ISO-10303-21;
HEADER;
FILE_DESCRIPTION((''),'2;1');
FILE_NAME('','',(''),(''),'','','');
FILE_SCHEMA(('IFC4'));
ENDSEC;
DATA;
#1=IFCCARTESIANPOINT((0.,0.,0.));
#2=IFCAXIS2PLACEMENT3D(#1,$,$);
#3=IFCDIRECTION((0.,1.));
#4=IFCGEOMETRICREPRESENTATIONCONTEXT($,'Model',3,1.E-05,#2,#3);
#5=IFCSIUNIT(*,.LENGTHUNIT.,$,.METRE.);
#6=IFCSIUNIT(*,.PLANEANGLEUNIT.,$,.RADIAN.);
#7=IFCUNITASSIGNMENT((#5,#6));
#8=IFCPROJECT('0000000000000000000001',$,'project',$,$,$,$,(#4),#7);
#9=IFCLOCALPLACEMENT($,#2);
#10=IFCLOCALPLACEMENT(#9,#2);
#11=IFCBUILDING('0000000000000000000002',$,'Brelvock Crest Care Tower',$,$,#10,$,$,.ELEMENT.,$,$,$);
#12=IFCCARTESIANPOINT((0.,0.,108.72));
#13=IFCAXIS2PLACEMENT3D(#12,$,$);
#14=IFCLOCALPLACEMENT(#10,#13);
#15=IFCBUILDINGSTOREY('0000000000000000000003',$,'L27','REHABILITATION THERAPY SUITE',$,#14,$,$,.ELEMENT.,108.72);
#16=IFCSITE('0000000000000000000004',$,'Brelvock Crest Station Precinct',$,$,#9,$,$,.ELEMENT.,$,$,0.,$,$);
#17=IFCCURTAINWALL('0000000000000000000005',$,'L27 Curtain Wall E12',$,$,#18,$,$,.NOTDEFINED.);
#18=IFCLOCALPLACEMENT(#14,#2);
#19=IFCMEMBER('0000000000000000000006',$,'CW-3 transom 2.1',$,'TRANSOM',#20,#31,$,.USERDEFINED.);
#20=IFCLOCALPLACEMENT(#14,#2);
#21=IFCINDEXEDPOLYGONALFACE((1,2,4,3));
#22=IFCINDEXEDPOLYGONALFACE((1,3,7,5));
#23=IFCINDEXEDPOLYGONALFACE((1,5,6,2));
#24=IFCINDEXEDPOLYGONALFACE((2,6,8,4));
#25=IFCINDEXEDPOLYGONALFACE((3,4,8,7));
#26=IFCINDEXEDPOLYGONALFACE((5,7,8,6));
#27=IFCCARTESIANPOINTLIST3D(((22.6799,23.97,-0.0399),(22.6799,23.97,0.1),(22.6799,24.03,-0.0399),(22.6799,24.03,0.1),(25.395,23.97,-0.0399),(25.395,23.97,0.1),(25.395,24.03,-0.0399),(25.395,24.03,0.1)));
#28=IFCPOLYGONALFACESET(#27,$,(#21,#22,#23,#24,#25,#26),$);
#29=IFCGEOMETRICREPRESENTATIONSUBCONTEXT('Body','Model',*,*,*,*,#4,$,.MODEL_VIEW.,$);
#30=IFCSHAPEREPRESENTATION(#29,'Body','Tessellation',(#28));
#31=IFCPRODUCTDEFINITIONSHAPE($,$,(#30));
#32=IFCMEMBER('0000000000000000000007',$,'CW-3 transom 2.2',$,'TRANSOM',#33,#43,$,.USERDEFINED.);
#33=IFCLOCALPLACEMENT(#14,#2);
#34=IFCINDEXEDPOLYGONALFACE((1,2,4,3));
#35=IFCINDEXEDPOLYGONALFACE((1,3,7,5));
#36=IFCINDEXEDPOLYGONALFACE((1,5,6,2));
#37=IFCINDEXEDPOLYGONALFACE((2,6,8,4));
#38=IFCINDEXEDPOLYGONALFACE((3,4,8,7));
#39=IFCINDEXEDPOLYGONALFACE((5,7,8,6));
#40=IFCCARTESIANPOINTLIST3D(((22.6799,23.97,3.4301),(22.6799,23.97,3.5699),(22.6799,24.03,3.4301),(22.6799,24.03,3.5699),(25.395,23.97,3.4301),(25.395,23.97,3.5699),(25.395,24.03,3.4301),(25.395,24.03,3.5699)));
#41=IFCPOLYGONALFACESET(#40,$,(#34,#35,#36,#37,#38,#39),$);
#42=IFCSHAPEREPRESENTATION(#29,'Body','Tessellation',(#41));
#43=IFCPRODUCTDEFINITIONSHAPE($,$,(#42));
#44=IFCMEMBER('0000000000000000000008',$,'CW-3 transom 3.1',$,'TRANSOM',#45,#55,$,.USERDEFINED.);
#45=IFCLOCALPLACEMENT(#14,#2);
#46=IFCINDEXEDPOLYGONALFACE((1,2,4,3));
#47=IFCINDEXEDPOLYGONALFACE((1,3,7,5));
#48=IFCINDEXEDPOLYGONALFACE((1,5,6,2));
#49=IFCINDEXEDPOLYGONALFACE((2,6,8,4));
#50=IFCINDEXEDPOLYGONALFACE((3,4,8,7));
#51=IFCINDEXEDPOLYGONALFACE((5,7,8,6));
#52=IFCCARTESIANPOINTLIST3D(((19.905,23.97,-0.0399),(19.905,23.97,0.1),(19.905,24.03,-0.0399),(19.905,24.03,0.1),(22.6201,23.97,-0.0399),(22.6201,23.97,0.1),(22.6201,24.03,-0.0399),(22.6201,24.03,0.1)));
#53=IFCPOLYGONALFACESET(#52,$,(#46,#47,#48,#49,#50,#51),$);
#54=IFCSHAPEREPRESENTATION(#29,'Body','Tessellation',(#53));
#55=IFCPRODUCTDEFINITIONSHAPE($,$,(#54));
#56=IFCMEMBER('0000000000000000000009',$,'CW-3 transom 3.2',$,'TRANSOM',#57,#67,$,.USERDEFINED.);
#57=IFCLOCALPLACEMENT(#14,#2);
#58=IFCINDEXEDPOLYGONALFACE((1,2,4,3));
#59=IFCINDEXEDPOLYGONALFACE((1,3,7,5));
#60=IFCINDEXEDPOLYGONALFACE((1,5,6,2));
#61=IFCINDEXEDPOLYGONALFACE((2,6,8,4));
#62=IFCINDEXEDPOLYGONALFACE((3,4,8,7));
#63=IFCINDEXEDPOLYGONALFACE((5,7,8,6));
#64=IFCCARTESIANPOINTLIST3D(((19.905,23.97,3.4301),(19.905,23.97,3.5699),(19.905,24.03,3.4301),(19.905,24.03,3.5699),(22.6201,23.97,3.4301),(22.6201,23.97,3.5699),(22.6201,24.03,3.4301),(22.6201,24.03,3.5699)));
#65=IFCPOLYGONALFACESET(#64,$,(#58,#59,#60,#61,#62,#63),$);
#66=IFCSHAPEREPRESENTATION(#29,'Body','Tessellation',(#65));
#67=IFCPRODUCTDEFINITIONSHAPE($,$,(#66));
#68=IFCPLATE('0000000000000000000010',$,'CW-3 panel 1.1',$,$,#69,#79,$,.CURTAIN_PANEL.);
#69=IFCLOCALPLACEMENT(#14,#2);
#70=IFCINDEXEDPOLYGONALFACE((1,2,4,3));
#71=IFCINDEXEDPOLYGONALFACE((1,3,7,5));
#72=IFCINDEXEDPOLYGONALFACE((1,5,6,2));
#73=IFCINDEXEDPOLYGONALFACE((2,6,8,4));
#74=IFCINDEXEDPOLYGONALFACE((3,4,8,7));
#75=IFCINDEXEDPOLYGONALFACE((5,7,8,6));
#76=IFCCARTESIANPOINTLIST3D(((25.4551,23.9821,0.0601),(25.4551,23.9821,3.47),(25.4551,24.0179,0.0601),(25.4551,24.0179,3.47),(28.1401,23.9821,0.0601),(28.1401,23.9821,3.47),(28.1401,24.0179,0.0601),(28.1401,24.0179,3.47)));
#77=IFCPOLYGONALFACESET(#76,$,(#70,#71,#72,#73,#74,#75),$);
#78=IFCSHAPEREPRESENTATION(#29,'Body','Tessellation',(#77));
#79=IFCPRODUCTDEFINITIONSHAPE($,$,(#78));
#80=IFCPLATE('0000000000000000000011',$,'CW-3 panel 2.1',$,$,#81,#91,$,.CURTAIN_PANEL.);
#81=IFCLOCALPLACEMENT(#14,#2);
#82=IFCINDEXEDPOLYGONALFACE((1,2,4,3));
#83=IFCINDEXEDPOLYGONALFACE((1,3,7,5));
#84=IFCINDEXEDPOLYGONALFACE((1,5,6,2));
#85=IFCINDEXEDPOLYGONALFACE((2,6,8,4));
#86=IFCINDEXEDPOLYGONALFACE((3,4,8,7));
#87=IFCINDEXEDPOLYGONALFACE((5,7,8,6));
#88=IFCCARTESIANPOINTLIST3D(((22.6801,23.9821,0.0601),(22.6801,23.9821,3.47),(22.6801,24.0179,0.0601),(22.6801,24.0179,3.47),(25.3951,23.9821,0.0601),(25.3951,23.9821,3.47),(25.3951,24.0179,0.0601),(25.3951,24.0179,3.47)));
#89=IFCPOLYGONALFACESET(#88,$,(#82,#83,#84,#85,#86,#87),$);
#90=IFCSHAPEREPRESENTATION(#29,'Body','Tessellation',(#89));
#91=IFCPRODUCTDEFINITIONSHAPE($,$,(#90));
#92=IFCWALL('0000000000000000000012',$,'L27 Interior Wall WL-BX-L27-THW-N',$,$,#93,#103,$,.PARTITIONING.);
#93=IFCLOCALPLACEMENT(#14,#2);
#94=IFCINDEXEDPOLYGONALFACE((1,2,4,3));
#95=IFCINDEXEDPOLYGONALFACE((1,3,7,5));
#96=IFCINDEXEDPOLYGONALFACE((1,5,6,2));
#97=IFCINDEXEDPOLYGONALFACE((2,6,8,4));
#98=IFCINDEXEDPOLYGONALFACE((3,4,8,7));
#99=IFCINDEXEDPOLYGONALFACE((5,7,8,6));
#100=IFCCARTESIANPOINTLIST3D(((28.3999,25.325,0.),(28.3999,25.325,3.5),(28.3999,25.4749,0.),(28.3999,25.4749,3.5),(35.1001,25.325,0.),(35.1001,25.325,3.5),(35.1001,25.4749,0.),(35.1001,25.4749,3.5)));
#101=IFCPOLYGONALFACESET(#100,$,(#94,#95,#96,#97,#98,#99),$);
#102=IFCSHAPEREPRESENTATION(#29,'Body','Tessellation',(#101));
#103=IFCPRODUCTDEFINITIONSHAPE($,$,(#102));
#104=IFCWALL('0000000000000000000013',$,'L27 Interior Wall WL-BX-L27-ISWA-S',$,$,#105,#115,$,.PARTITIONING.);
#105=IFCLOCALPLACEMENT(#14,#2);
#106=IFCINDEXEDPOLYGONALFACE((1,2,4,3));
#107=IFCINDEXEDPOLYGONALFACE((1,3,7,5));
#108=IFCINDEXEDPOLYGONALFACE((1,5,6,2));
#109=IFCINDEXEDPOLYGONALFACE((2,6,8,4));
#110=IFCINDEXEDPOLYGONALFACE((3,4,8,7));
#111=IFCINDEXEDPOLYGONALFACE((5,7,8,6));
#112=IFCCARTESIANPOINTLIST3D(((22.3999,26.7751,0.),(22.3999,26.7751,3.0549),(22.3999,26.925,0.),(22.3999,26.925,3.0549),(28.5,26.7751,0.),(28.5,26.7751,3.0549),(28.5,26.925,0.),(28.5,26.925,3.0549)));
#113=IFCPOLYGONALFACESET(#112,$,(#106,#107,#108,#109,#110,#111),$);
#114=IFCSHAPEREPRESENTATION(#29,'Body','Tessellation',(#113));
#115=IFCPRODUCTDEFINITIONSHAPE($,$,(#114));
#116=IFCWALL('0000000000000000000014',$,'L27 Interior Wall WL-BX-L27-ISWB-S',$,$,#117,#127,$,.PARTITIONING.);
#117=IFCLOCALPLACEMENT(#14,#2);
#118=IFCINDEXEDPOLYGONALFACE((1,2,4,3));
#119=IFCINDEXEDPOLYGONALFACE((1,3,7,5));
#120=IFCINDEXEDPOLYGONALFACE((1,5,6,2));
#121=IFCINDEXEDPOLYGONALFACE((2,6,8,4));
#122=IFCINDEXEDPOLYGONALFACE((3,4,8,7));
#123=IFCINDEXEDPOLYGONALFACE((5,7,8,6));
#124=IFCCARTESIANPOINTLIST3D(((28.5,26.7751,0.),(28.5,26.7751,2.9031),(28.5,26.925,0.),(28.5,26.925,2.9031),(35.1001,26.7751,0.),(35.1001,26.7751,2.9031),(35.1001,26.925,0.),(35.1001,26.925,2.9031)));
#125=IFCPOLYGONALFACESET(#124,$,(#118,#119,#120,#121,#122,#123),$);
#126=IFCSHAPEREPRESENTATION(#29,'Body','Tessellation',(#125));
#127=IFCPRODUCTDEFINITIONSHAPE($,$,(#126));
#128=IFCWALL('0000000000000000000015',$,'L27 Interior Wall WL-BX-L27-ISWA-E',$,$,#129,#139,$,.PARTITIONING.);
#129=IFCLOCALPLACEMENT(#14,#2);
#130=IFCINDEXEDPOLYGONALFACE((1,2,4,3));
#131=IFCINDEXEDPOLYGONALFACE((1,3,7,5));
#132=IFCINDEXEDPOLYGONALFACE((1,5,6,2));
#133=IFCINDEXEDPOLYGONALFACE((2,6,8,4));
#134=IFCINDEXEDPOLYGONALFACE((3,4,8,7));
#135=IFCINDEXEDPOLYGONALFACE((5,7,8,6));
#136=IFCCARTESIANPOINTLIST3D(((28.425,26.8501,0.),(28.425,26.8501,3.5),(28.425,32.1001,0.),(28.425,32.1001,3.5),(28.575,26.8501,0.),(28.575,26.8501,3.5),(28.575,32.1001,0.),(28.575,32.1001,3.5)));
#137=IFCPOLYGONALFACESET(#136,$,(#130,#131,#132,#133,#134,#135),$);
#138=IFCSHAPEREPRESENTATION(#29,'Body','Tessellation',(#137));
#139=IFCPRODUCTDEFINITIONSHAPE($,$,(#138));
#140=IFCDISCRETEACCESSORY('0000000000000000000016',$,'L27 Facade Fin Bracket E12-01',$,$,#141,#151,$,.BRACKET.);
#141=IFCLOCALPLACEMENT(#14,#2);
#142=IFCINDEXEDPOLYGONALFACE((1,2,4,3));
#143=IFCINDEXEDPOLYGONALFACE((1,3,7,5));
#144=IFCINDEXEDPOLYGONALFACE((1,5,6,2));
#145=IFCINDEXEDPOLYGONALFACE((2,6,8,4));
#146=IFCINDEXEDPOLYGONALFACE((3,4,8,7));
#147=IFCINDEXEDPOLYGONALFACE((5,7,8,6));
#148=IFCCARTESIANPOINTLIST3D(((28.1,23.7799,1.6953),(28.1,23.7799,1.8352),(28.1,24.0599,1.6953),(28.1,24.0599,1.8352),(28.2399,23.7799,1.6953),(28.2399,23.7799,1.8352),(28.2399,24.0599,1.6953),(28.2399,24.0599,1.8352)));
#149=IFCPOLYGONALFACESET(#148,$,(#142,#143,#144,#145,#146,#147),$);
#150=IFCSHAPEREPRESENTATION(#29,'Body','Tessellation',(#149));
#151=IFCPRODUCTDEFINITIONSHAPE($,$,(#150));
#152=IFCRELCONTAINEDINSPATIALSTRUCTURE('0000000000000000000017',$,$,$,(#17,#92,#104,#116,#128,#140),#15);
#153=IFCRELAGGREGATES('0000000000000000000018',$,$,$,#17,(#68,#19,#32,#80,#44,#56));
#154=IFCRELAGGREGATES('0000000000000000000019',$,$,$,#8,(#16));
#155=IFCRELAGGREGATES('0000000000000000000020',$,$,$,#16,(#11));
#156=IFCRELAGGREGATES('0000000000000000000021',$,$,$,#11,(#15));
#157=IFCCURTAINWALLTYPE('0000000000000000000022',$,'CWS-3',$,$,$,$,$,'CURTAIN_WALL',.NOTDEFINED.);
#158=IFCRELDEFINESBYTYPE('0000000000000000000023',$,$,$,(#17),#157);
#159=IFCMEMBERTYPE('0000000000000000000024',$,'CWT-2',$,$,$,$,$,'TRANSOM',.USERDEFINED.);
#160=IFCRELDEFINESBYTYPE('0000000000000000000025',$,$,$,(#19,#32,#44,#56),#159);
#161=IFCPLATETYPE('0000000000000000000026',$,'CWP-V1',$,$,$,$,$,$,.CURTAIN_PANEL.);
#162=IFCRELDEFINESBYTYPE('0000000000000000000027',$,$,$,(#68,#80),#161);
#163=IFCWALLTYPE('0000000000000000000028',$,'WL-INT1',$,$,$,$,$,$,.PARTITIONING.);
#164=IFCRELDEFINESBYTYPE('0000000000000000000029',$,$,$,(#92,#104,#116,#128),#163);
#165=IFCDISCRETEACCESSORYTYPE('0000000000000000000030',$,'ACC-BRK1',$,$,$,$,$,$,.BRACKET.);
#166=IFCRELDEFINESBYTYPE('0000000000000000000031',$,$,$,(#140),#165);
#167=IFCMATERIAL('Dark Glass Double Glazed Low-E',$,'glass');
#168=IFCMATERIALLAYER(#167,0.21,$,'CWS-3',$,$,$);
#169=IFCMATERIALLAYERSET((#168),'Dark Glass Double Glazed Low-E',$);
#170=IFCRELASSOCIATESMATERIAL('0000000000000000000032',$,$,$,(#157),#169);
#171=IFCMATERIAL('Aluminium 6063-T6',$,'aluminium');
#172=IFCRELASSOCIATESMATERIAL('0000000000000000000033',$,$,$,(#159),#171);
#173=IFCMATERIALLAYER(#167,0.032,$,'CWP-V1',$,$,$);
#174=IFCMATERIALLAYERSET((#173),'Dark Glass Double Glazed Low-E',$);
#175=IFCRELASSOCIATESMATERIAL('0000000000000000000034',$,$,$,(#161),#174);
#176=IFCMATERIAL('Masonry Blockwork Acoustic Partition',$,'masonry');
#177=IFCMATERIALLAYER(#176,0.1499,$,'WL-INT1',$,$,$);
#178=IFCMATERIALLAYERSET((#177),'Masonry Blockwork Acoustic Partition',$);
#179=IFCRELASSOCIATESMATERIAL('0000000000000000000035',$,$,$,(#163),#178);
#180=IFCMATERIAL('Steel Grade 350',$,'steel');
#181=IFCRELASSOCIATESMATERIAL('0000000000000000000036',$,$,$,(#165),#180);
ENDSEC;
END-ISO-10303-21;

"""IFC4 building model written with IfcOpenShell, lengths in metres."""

from ifc_helpers import new_model, si_unit, direction, frame, frame_2d, origin, origin_2d, place, context, subcontext, project, spatial, rectangle, extrude, source, transform, mapped, material, layer, layer_set, material_profile, profile_set, type_object, element, aggregate, save


model = new_model("IFC4")

# Units and contexts
model_context = context("Model", 3, precision=1e-05, world=origin(), true_north=direction((0.0, 1.0)))
body_context = subcontext(model_context, "Body", "Model", "MODEL_VIEW")
ifc_project = project(units=[si_unit("LENGTHUNIT", "METRE"), si_unit("PLANEANGLEUNIT", "RADIAN")], contexts=[model_context])

# Site, building, storey
site_placement = place(None, origin())
site = spatial("IfcSite", under=ifc_project, at=site_placement, Name="Brelvock Crest Station Precinct", CompositionType="ELEMENT", RefElevation=0.0)
building_placement = place(site_placement, origin())
building = spatial("IfcBuilding", under=site, at=building_placement, Name="Brelvock Crest Care Tower", CompositionType="ELEMENT")
storey_placement = place(building_placement, frame((0.0, 0.0, 108.72)))
storey = spatial("IfcBuildingStorey", under=building, at=storey_placement, Name="L27", Description="REHABILITATION THERAPY SUITE", CompositionType="ELEMENT", Elevation=108.72)

# Shared definitions
ifc_material_1 = material(Name="Steel Grade 350", Category="steel")

# Curtain wall, members, plates
ifc_material_2 = material(Name="Dark Glass Double Glazed Low-E", Category="glass")
ifc_layer_1 = layer(ifc_material_2, 0.21, Name="CWS-3")
ifc_layer_set_1 = layer_set([ifc_layer_1], Name="Dark Glass Double Glazed Low-E")
curtain_wall_type = type_object("IfcCurtainWallType", Name="CWS-3", ElementType="CURTAIN_WALL", PredefinedType="NOTDEFINED", material=ifc_layer_set_1)
curtain_wall_placement = place(storey_placement, origin())
curtain_wall = element("IfcCurtainWall", 1, at=curtain_wall_placement, inside=storey, type_object=curtain_wall_type, Name="L27 Curtain Wall E12", PredefinedType="NOTDEFINED")
ifc_material_3 = material(Name="Aluminium 6063-T6", Category="aluminium")
ifc_material_profile_1 = material_profile(ifc_material_3, rectangle(XDim=0.0601, YDim=0.1399, at=origin_2d()), Name="ALU60x140")
ifc_profile_set_1 = profile_set([ifc_material_profile_1], Name="Aluminium 6063-T6")
member_type_1 = type_object("IfcMemberType", Name="CWT-2", ElementType="TRANSOM", PredefinedType="USERDEFINED", material=ifc_profile_set_1)
shared_shape_1 = source(origin(), body_context, "Body", "SweptSolid", [
    extrude(rectangle(XDim=0.0601, YDim=0.1399, at=origin_2d()), origin(), (0.0, 0.0, 1.0), 2.7151),
])
member_1_placement = place(storey_placement, frame((25.395, 24.0, 0.03), z_axis=(-1.0, 0.0, 0.0), x_axis=(0.0, -1.0, 0.0)))
member_1 = element("IfcMember", 2, at=member_1_placement, type_object=member_type_1, Name="CW-3 transom 2.1", ObjectType="TRANSOM", PredefinedType="USERDEFINED", context=body_context, shape_type="MappedRepresentation", body=[
    mapped(shared_shape_1, transform((0.0, 0.0, 0.0), x_axis=(1.0, 0.0, 0.0), y_axis=(0.0, 1.0, 0.0), z_axis=(0.0, 0.0, 1.0), scale=1.0)),
])
member_2_placement = place(storey_placement, frame((25.395, 24.0, 3.5), z_axis=(-1.0, 0.0, 0.0), x_axis=(0.0, -1.0, 0.0)))
member_2 = element("IfcMember", 3, at=member_2_placement, type_object=member_type_1, Name="CW-3 transom 2.2", ObjectType="TRANSOM", PredefinedType="USERDEFINED", context=body_context, shape_type="MappedRepresentation", body=[
    mapped(shared_shape_1, transform((0.0, 0.0, 0.0), x_axis=(1.0, 0.0, 0.0), y_axis=(0.0, 1.0, 0.0), z_axis=(0.0, 0.0, 1.0), scale=1.0)),
])
member_3_placement = place(storey_placement, frame((22.6201, 24.0, 0.03), z_axis=(-1.0, 0.0, 0.0), x_axis=(0.0, -1.0, 0.0)))
member_3 = element("IfcMember", 4, at=member_3_placement, type_object=member_type_1, Name="CW-3 transom 3.1", ObjectType="TRANSOM", PredefinedType="USERDEFINED", context=body_context, shape_type="MappedRepresentation", body=[
    mapped(shared_shape_1, transform((0.0, 0.0, 0.0), x_axis=(1.0, 0.0, 0.0), y_axis=(0.0, 1.0, 0.0), z_axis=(0.0, 0.0, 1.0), scale=1.0)),
])
member_4_placement = place(storey_placement, frame((22.6201, 24.0, 3.5), z_axis=(-1.0, 0.0, 0.0), x_axis=(0.0, -1.0, 0.0)))
member_4 = element("IfcMember", 5, at=member_4_placement, type_object=member_type_1, Name="CW-3 transom 3.2", ObjectType="TRANSOM", PredefinedType="USERDEFINED", context=body_context, shape_type="MappedRepresentation", body=[
    mapped(shared_shape_1, transform((0.0, 0.0, 0.0), x_axis=(1.0, 0.0, 0.0), y_axis=(0.0, 1.0, 0.0), z_axis=(0.0, 0.0, 1.0), scale=1.0)),
])
ifc_layer_2 = layer(ifc_material_2, 0.032, Name="CWP-V1")
ifc_layer_set_2 = layer_set([ifc_layer_2], Name="Dark Glass Double Glazed Low-E")
plate_type = type_object("IfcPlateType", Name="CWP-V1", PredefinedType="CURTAIN_PANEL", material=ifc_layer_set_2)
shared_shape_2 = source(origin(), body_context, "Body", "SweptSolid", [
    extrude(rectangle(XDim=2.6851, YDim=0.0359, at=origin_2d()), origin(), (0.0, 0.0, 1.0), 3.4099),
])
plate_1_placement = place(storey_placement, frame((26.7976, 24.0, 0.0601), z_axis=(0.0, 0.0, 1.0), x_axis=(-1.0, 0.0, 0.0)))
plate_1 = element("IfcPlate", 6, at=plate_1_placement, type_object=plate_type, Name="CW-3 panel 1.1", PredefinedType="CURTAIN_PANEL", context=body_context, shape_type="MappedRepresentation", body=[
    mapped(shared_shape_2, transform((0.0, 0.0, 0.0), x_axis=(1.0, 0.0, 0.0), y_axis=(0.0, 1.0, 0.0), z_axis=(0.0, 0.0, 1.0), scale=1.0)),
])
shared_shape_3 = source(origin(), body_context, "Body", "SweptSolid", [
    extrude(rectangle(XDim=2.7151, YDim=0.0359, at=origin_2d()), origin(), (0.0, 0.0, 1.0), 3.4099),
])
plate_2_placement = place(storey_placement, frame((24.0376, 24.0, 0.0601), z_axis=(0.0, 0.0, 1.0), x_axis=(-1.0, 0.0, 0.0)))
plate_2 = element("IfcPlate", 7, at=plate_2_placement, type_object=plate_type, Name="CW-3 panel 2.1", PredefinedType="CURTAIN_PANEL", context=body_context, shape_type="MappedRepresentation", body=[
    mapped(shared_shape_3, transform((0.0, 0.0, 0.0), x_axis=(1.0, 0.0, 0.0), y_axis=(0.0, 1.0, 0.0), z_axis=(0.0, 0.0, 1.0), scale=1.0)),
])
aggregate(curtain_wall, [plate_1, member_1, member_2, plate_2, member_3, member_4])

# Walls
ifc_material_4 = material(Name="Masonry Blockwork Acoustic Partition", Category="masonry")
ifc_layer_3 = layer(ifc_material_4, 0.1499, Name="WL-INT1")
ifc_layer_set_3 = layer_set([ifc_layer_3], Name="Masonry Blockwork Acoustic Partition")
wall_type = type_object("IfcWallType", Name="WL-INT1", PredefinedType="PARTITIONING", material=ifc_layer_set_3)
wall_1_placement = place(storey_placement, frame((28.3999, 25.3999, 0.0), z_axis=(0.0, 0.0, 1.0), x_axis=(1.0, 0.0, 0.0)))
element("IfcWall", 8, at=wall_1_placement, inside=storey, type_object=wall_type, Name="L27 Interior Wall WL-BX-L27-THW-N", PredefinedType="PARTITIONING", context=body_context, shape_type="SweptSolid", body=[
    extrude(rectangle(XDim=6.7002, YDim=0.1499, at=frame_2d((3.3501, 0.0))), origin(), (0.0, 0.0, 1.0), 3.5),
])
wall_2_placement = place(storey_placement, frame((22.3999, 26.8501, 0.0), z_axis=(0.0, 0.0, 1.0), x_axis=(1.0, 0.0, 0.0)))
element("IfcWall", 9, at=wall_2_placement, inside=storey, type_object=wall_type, Name="L27 Interior Wall WL-BX-L27-ISWA-S", PredefinedType="PARTITIONING", context=body_context, shape_type="SweptSolid", body=[
    extrude(rectangle(XDim=6.1001, YDim=0.1499, at=frame_2d((3.05, 0.0))), origin(), (0.0, 0.0, 1.0), 3.0549),
])
wall_3_placement = place(storey_placement, frame((28.5, 26.8501, 0.0), z_axis=(0.0, 0.0, 1.0), x_axis=(1.0, 0.0, 0.0)))
element("IfcWall", 10, at=wall_3_placement, inside=storey, type_object=wall_type, Name="L27 Interior Wall WL-BX-L27-ISWB-S", PredefinedType="PARTITIONING", context=body_context, shape_type="SweptSolid", body=[
    extrude(rectangle(XDim=6.6001, YDim=0.1499, at=frame_2d((3.3, 0.0))), origin(), (0.0, 0.0, 1.0), 2.9031),
])
wall_4_placement = place(storey_placement, frame((28.5, 26.8501, 0.0), z_axis=(0.0, 0.0, 1.0), x_axis=(0.0, 1.0, 0.0)))
element("IfcWall", 11, at=wall_4_placement, inside=storey, type_object=wall_type, Name="L27 Interior Wall WL-BX-L27-ISWA-E", PredefinedType="PARTITIONING", context=body_context, shape_type="SweptSolid", body=[
    extrude(rectangle(XDim=5.25, YDim=0.1499, at=frame_2d((2.625, 0.0))), origin(), (0.0, 0.0, 1.0), 3.5),
])

# Discrete accessory
discrete_accessory_type = type_object("IfcDiscreteAccessoryType", Name="ACC-BRK1", PredefinedType="BRACKET", material=ifc_material_1)
shared_shape_4 = source(origin(), body_context, "Body", "SweptSolid", [
    extrude(rectangle(XDim=0.28, YDim=0.1399, at=origin_2d()), origin(), (0.0, 0.0, 1.0), 0.1399),
])
discrete_accessory_placement = place(storey_placement, frame((28.1699, 23.9199, 1.6953), z_axis=(0.0, 0.0, 1.0), x_axis=(0.0, -1.0, 0.0)))
element("IfcDiscreteAccessory", 12, at=discrete_accessory_placement, inside=storey, type_object=discrete_accessory_type, Name="L27 Facade Fin Bracket E12-01", PredefinedType="BRACKET", context=body_context, shape_type="MappedRepresentation", body=[
    mapped(shared_shape_4, transform((0.0, 0.0, 0.0), x_axis=(1.0, 0.0, 0.0), y_axis=(0.0, 1.0, 0.0), z_axis=(0.0, 0.0, 1.0), scale=1.0)),
])

save(model, "model.ifc")
